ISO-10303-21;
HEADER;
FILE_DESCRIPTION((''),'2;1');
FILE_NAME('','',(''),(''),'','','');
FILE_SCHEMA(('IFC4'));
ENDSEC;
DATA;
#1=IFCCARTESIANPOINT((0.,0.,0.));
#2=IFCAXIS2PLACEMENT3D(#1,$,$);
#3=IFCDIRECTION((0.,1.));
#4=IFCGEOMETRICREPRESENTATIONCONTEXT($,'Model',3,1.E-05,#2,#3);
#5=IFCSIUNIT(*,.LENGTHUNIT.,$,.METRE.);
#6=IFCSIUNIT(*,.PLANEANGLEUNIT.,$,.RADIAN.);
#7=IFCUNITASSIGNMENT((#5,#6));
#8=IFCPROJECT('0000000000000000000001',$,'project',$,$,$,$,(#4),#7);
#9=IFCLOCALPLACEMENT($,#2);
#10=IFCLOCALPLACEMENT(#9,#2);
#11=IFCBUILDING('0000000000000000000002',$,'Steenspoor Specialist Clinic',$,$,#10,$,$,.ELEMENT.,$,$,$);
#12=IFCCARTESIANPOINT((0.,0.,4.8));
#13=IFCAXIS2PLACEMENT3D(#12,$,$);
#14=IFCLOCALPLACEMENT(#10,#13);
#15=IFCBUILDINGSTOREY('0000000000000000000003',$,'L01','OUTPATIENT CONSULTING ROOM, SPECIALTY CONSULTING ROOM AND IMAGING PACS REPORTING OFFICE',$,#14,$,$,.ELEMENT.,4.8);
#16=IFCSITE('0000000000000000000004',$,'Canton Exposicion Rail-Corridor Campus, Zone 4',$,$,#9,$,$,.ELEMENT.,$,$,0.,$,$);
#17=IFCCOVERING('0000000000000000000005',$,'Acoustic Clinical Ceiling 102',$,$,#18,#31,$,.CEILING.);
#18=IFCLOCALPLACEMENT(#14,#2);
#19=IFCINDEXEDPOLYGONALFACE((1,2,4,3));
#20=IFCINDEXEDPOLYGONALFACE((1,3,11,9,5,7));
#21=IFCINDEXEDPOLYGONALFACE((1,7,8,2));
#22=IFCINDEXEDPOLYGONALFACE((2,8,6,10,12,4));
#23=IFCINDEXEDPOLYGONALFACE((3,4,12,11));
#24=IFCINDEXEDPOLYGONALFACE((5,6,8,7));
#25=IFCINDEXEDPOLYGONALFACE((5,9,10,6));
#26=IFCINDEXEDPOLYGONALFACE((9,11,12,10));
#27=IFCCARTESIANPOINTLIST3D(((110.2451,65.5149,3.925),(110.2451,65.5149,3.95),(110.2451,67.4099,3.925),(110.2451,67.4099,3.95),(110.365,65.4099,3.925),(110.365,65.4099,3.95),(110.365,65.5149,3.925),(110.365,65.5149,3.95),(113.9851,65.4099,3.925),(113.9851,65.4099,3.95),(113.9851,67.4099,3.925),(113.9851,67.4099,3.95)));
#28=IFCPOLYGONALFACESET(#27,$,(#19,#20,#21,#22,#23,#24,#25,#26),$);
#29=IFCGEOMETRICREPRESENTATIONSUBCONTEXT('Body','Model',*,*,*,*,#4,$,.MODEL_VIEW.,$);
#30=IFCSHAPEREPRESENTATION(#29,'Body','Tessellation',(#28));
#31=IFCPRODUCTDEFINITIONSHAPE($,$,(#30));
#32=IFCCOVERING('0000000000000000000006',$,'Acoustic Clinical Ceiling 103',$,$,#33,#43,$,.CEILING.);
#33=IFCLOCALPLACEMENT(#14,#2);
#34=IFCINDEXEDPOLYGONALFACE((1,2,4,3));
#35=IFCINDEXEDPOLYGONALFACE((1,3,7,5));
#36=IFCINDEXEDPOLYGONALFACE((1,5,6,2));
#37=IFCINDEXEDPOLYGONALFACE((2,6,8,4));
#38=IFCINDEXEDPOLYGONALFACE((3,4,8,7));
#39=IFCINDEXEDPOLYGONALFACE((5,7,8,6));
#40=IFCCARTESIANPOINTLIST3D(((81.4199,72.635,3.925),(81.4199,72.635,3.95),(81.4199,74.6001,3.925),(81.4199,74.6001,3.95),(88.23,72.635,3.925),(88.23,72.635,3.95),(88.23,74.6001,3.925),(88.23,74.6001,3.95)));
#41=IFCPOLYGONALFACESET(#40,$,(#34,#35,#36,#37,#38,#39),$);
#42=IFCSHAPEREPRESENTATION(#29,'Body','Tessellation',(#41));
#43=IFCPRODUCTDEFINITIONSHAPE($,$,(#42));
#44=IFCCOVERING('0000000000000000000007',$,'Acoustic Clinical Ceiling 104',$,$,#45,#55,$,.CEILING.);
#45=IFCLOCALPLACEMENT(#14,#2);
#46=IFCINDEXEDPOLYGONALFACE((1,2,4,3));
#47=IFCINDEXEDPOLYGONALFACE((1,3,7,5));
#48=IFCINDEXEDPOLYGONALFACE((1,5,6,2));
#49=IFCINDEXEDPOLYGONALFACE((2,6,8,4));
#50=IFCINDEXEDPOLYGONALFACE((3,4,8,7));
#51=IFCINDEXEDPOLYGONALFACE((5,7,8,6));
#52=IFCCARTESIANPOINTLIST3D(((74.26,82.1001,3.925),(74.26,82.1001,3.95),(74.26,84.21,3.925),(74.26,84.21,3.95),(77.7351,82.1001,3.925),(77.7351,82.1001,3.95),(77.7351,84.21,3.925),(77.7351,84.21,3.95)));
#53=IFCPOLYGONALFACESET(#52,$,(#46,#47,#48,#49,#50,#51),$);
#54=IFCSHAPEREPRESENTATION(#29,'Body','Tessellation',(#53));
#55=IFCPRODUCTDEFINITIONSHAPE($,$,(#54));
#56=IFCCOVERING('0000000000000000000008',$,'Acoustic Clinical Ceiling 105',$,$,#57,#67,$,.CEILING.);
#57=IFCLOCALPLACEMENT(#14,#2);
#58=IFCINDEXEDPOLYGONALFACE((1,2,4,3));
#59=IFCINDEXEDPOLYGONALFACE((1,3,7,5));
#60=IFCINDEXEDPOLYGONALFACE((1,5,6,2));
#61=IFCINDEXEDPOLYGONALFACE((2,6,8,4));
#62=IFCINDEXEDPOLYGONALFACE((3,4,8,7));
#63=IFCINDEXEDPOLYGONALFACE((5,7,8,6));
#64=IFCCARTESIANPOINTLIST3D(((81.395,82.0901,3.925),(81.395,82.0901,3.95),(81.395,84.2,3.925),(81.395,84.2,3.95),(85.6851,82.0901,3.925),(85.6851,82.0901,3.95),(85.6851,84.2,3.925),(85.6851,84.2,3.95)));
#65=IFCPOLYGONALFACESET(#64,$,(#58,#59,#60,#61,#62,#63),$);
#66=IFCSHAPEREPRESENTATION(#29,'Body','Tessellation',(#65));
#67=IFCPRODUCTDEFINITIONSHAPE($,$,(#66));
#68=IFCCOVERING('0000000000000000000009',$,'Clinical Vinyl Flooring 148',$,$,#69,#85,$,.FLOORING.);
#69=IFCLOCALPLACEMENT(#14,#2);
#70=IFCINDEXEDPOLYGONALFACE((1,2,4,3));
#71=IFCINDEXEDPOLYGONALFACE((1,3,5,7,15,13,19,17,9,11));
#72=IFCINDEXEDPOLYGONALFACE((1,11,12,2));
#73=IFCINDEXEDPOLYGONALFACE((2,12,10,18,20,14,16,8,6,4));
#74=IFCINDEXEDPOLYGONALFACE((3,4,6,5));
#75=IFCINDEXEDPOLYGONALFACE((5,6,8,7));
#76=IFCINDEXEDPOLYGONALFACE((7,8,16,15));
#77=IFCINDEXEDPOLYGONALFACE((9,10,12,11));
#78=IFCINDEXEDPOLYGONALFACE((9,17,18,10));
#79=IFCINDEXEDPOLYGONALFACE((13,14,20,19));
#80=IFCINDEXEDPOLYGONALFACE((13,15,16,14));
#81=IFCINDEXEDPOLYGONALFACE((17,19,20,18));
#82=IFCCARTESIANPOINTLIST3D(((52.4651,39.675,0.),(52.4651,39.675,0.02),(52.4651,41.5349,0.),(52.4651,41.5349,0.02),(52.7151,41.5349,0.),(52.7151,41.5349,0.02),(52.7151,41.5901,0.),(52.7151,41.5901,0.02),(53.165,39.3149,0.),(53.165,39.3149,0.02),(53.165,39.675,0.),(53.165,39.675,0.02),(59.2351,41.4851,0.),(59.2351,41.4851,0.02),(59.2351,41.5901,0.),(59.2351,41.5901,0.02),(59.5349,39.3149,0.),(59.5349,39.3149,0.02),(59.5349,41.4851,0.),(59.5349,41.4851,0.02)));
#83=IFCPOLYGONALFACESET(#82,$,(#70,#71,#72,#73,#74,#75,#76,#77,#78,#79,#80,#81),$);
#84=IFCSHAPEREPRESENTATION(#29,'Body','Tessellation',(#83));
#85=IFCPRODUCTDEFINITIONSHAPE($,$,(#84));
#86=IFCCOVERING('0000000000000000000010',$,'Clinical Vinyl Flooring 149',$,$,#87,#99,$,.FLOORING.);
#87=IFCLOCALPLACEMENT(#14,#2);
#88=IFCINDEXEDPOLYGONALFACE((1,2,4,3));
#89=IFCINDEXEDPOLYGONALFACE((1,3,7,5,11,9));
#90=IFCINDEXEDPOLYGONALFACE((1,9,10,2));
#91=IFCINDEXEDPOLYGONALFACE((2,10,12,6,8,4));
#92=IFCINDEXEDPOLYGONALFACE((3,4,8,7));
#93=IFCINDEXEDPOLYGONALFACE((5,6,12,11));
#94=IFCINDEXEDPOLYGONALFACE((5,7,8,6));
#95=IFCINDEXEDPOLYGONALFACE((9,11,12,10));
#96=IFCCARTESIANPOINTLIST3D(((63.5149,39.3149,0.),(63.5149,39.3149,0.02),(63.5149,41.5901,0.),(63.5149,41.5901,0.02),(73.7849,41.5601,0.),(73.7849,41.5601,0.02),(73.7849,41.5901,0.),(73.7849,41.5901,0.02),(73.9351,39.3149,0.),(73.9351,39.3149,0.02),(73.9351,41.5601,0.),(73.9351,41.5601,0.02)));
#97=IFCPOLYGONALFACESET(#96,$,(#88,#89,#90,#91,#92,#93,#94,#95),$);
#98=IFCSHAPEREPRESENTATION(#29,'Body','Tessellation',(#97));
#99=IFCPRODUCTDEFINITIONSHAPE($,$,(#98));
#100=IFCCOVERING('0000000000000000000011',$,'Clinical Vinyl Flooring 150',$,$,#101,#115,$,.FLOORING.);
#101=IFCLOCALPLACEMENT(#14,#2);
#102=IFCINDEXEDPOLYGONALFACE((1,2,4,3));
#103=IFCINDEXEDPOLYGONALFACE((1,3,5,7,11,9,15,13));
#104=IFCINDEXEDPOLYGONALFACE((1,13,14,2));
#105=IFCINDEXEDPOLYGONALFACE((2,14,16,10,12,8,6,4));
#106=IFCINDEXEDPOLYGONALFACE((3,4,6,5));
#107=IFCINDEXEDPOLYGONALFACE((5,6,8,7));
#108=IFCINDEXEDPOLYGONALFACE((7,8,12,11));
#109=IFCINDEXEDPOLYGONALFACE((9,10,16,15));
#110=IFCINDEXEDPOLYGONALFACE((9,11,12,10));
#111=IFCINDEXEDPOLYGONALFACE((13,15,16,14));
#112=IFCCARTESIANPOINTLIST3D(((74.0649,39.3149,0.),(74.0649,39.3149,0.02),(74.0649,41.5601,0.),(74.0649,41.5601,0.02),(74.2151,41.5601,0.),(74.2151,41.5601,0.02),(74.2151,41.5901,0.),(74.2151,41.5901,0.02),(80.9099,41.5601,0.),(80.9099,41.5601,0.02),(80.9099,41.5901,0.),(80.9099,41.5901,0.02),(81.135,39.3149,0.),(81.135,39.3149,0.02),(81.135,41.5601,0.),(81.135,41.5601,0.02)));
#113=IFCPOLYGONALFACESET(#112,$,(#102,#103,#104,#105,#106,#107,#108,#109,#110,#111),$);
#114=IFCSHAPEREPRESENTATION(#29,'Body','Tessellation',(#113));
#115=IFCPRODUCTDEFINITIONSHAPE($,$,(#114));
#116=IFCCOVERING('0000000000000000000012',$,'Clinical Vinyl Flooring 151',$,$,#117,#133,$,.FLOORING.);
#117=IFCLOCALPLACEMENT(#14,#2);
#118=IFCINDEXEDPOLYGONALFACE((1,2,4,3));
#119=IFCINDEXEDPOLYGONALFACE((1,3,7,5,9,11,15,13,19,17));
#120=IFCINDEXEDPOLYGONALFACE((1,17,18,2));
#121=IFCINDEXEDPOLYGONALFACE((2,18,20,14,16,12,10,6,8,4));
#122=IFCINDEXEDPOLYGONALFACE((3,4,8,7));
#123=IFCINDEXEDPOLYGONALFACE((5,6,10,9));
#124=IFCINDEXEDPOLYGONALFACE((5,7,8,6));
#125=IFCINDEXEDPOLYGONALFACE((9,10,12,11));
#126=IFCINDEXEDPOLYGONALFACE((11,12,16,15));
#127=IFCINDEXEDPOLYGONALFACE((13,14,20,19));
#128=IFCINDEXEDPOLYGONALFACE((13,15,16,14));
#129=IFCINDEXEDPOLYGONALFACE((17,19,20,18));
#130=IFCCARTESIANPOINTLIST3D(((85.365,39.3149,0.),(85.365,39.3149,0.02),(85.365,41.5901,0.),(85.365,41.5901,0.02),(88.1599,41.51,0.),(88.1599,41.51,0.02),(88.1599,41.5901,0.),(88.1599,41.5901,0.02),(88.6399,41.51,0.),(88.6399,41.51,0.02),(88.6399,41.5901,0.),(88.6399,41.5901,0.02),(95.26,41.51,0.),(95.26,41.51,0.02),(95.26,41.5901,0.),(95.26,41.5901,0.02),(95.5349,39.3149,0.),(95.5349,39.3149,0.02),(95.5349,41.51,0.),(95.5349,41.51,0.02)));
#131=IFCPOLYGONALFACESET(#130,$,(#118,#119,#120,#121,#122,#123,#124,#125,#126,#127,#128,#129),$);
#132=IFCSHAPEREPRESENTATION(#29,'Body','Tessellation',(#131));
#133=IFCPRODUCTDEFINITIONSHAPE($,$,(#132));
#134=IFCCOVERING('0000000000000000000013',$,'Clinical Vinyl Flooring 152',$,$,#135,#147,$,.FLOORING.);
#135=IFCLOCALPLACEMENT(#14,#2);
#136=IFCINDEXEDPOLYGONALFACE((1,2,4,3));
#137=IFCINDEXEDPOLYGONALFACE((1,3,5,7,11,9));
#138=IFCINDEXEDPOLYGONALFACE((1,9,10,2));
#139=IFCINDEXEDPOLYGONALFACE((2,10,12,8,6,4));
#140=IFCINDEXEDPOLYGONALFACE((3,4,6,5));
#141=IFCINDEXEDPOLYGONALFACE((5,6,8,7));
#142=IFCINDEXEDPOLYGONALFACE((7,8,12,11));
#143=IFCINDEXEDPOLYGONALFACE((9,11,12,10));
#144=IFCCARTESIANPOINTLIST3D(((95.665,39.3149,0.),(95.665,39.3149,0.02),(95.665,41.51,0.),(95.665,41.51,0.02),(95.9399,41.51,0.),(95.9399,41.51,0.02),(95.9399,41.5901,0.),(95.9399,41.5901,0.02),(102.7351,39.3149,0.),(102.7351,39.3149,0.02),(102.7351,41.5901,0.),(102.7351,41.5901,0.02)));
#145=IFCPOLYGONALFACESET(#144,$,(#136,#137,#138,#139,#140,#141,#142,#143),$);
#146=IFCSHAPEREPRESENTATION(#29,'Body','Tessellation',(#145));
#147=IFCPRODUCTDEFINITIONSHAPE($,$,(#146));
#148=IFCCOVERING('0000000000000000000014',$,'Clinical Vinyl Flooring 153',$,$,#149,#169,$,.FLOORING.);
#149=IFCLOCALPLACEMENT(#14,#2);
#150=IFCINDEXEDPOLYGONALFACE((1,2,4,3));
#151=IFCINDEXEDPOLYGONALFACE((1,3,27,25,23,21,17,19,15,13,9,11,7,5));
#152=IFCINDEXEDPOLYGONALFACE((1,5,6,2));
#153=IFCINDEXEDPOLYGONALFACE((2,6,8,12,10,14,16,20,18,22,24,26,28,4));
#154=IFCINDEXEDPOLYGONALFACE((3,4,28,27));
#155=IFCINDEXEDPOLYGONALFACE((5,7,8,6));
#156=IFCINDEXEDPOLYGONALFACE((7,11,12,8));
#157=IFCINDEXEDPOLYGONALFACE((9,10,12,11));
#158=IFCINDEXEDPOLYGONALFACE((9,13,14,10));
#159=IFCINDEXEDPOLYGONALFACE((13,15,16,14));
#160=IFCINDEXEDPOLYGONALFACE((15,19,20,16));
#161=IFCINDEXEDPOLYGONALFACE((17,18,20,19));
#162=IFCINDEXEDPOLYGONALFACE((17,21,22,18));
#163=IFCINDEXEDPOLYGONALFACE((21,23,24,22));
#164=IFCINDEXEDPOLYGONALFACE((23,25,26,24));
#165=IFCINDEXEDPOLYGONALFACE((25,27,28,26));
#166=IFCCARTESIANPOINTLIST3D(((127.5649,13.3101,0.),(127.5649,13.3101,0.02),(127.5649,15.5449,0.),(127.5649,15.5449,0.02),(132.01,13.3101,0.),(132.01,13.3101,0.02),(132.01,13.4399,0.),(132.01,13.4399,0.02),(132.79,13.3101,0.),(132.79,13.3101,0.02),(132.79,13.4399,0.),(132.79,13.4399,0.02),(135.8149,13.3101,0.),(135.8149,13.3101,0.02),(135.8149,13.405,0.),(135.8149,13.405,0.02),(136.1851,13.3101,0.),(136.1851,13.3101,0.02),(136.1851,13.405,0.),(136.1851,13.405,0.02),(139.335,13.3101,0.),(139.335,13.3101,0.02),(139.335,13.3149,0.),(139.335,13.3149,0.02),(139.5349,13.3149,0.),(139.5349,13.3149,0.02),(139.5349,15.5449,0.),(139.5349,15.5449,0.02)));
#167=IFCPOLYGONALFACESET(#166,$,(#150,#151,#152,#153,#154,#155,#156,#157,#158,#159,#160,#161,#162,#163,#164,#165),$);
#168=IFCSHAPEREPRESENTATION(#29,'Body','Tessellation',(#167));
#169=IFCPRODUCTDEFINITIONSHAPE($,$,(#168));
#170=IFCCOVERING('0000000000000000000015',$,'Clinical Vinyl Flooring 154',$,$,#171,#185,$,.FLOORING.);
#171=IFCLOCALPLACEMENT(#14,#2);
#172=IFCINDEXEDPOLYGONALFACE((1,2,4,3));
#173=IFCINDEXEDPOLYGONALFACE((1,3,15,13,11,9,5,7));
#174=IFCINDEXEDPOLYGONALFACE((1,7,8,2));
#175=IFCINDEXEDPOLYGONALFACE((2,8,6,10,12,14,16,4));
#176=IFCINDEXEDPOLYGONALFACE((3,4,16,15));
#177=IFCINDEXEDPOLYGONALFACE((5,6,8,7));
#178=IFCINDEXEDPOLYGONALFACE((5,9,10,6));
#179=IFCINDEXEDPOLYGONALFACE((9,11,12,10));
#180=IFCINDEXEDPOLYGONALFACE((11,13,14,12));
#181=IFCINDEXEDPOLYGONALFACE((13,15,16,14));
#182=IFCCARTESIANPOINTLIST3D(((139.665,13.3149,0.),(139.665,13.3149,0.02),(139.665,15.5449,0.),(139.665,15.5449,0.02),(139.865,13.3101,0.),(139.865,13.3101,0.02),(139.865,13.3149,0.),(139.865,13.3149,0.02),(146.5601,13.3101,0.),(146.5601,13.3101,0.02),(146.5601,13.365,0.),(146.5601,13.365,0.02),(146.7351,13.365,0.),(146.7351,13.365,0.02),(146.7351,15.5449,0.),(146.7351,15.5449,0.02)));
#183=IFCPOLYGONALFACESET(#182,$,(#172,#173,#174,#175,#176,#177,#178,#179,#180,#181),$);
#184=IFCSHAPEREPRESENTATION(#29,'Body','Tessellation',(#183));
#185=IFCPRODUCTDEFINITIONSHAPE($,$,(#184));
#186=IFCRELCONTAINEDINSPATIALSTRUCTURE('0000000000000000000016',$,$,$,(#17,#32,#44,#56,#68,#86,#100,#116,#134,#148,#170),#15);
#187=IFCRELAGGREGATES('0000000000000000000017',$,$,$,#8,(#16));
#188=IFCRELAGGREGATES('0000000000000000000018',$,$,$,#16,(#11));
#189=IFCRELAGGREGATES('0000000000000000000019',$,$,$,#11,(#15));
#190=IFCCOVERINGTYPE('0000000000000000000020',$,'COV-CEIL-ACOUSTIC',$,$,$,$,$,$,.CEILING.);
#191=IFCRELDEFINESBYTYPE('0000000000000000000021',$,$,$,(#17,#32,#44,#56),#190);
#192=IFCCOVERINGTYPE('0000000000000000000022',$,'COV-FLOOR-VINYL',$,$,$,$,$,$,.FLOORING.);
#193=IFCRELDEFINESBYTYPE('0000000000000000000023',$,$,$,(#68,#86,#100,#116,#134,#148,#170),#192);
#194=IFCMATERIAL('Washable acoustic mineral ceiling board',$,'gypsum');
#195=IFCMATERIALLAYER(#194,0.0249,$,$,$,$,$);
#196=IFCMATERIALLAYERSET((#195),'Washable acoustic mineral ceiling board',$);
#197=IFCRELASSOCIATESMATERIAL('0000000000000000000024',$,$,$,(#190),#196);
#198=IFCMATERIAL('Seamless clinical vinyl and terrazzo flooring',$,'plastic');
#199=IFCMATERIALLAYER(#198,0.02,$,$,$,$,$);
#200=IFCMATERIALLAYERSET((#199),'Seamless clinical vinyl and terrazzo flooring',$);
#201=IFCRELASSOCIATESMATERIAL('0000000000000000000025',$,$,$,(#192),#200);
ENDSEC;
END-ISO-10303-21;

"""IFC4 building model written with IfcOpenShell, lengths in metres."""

from ifc_helpers import new_model, si_unit, direction, frame, origin, place, context, subcontext, project, spatial, polyline, outline, extrude, material, layer, layer_set, type_object, element, save


model = new_model("IFC4")

# Units and contexts
model_context = context("Model", 3, precision=1e-05, world=origin(), true_north=direction((0.0, 1.0)))
body_context = subcontext(model_context, "Body", "Model", "MODEL_VIEW")
ifc_project = project(units=[si_unit("LENGTHUNIT", "METRE"), si_unit("PLANEANGLEUNIT", "RADIAN")], contexts=[model_context])

# Site, building, storey
site_placement = place(None, origin())
site = spatial("IfcSite", under=ifc_project, at=site_placement, Name="Canton Exposicion Rail-Corridor Campus, Zone 4", CompositionType="ELEMENT", RefElevation=0.0)
building_placement = place(site_placement, origin())
building = spatial("IfcBuilding", under=site, at=building_placement, Name="Steenspoor Specialist Clinic", CompositionType="ELEMENT")
storey_placement = place(building_placement, frame((0.0, 0.0, 4.8)))
storey = spatial("IfcBuildingStorey", under=building, at=storey_placement, Name="L01", Description="OUTPATIENT CONSULTING ROOM, SPECIALTY CONSULTING ROOM AND IMAGING PACS REPORTING OFFICE", CompositionType="ELEMENT", Elevation=4.8)

# Coverings
ifc_material_1 = material(Name="Washable acoustic mineral ceiling board", Category="gypsum")
ifc_layer_1 = layer(ifc_material_1, 0.0249)
ifc_layer_set_1 = layer_set([ifc_layer_1], Name="Washable acoustic mineral ceiling board")
covering_type_1 = type_object("IfcCoveringType", Name="COV-CEIL-ACOUSTIC", PredefinedType="CEILING", material=ifc_layer_set_1)
covering_1_placement = place(storey_placement, frame((0.0, 0.0, 3.925)))
element("IfcCovering", 1, at=covering_1_placement, inside=storey, type_object=covering_type_1, Name="Acoustic Clinical Ceiling 102", PredefinedType="CEILING", context=body_context, shape_type="SweptSolid", body=[
    extrude(outline(polyline([(110.365, 65.4099), (110.365, 65.5149), (110.2451, 65.5149), (110.2451, 67.4099), (113.9851, 67.4099), (113.9851, 65.4099), (110.365, 65.4099)])), origin(), (0.0, 0.0, 1.0), 0.0249),
])
covering_2_placement = place(storey_placement, frame((0.0, 0.0, 3.925)))
element("IfcCovering", 2, at=covering_2_placement, inside=storey, type_object=covering_type_1, Name="Acoustic Clinical Ceiling 103", PredefinedType="CEILING", context=body_context, shape_type="SweptSolid", body=[
    extrude(outline(polyline([(81.4199, 72.635), (81.4199, 74.6001), (88.23, 74.6001), (88.23, 72.635), (81.4199, 72.635)])), origin(), (0.0, 0.0, 1.0), 0.0249),
])
covering_3_placement = place(storey_placement, frame((0.0, 0.0, 3.925)))
element("IfcCovering", 3, at=covering_3_placement, inside=storey, type_object=covering_type_1, Name="Acoustic Clinical Ceiling 104", PredefinedType="CEILING", context=body_context, shape_type="SweptSolid", body=[
    extrude(outline(polyline([(74.26, 84.21), (77.7351, 84.21), (77.7351, 82.1001), (74.26, 82.1001), (74.26, 84.21)])), origin(), (0.0, 0.0, 1.0), 0.0249),
])
covering_4_placement = place(storey_placement, frame((0.0, 0.0, 3.925)))
element("IfcCovering", 4, at=covering_4_placement, inside=storey, type_object=covering_type_1, Name="Acoustic Clinical Ceiling 105", PredefinedType="CEILING", context=body_context, shape_type="SweptSolid", body=[
    extrude(outline(polyline([(85.6851, 82.0901), (81.395, 82.0901), (81.395, 84.2), (85.6851, 84.2), (85.6851, 82.0901)])), origin(), (0.0, 0.0, 1.0), 0.0249),
])
ifc_material_2 = material(Name="Seamless clinical vinyl and terrazzo flooring", Category="plastic")
ifc_layer_2 = layer(ifc_material_2, 0.02)
ifc_layer_set_2 = layer_set([ifc_layer_2], Name="Seamless clinical vinyl and terrazzo flooring")
covering_type_2 = type_object("IfcCoveringType", Name="COV-FLOOR-VINYL", PredefinedType="FLOORING", material=ifc_layer_set_2)
covering_5_placement = place(storey_placement, origin())
element("IfcCovering", 5, at=covering_5_placement, inside=storey, type_object=covering_type_2, Name="Clinical Vinyl Flooring 148", PredefinedType="FLOORING", context=body_context, shape_type="SweptSolid", body=[
    extrude(outline(polyline([(59.2351, 41.5901), (59.2351, 41.4851), (59.5349, 41.4851), (59.5349, 39.3149), (53.165, 39.3149), (53.165, 39.675), (52.4651, 39.675), (52.4651, 41.5349), (52.7151, 41.5349), (52.7151, 41.5901), (59.2351, 41.5901)])), origin(), (0.0, 0.0, 1.0), 0.02),
])
covering_6_placement = place(storey_placement, origin())
element("IfcCovering", 6, at=covering_6_placement, inside=storey, type_object=covering_type_2, Name="Clinical Vinyl Flooring 149", PredefinedType="FLOORING", context=body_context, shape_type="SweptSolid", body=[
    extrude(outline(polyline([(73.7849, 41.5901), (73.7849, 41.5601), (73.9351, 41.5601), (73.9351, 39.3149), (63.5149, 39.3149), (63.5149, 41.5901), (73.7849, 41.5901)])), origin(), (0.0, 0.0, 1.0), 0.02),
])
covering_7_placement = place(storey_placement, origin())
element("IfcCovering", 7, at=covering_7_placement, inside=storey, type_object=covering_type_2, Name="Clinical Vinyl Flooring 150", PredefinedType="FLOORING", context=body_context, shape_type="SweptSolid", body=[
    extrude(outline(polyline([(80.9099, 41.5901), (80.9099, 41.5601), (81.135, 41.5601), (81.135, 39.3149), (74.0649, 39.3149), (74.0649, 41.5601), (74.2151, 41.5601), (74.2151, 41.5901), (80.9099, 41.5901)])), origin(), (0.0, 0.0, 1.0), 0.02),
])
covering_8_placement = place(storey_placement, origin())
element("IfcCovering", 8, at=covering_8_placement, inside=storey, type_object=covering_type_2, Name="Clinical Vinyl Flooring 151", PredefinedType="FLOORING", context=body_context, shape_type="SweptSolid", body=[
    extrude(outline(polyline([(88.1599, 41.5901), (88.1599, 41.51), (88.6399, 41.51), (88.6399, 41.5901), (95.26, 41.5901), (95.26, 41.51), (95.5349, 41.51), (95.5349, 39.3149), (85.365, 39.3149), (85.365, 41.5901), (88.1599, 41.5901)])), origin(), (0.0, 0.0, 1.0), 0.02),
])
covering_9_placement = place(storey_placement, origin())
element("IfcCovering", 9, at=covering_9_placement, inside=storey, type_object=covering_type_2, Name="Clinical Vinyl Flooring 152", PredefinedType="FLOORING", context=body_context, shape_type="SweptSolid", body=[
    extrude(outline(polyline([(102.7351, 41.5901), (102.7351, 39.3149), (95.665, 39.3149), (95.665, 41.51), (95.9399, 41.51), (95.9399, 41.5901), (102.7351, 41.5901)])), origin(), (0.0, 0.0, 1.0), 0.02),
])
covering_10_placement = place(storey_placement, origin())
element("IfcCovering", 10, at=covering_10_placement, inside=storey, type_object=covering_type_2, Name="Clinical Vinyl Flooring 153", PredefinedType="FLOORING", context=body_context, shape_type="SweptSolid", body=[
    extrude(outline(polyline([(139.5349, 15.5449), (139.5349, 13.3149), (139.335, 13.3149), (139.335, 13.3101), (136.1851, 13.3101), (136.1851, 13.405), (135.8149, 13.405), (135.8149, 13.3101), (132.79, 13.3101), (132.79, 13.4399), (132.01, 13.4399), (132.01, 13.3101), (127.5649, 13.3101), (127.5649, 15.5449), (139.5349, 15.5449)])), origin(), (0.0, 0.0, 1.0), 0.02),
])
covering_11_placement = place(storey_placement, origin())
element("IfcCovering", 11, at=covering_11_placement, inside=storey, type_object=covering_type_2, Name="Clinical Vinyl Flooring 154", PredefinedType="FLOORING", context=body_context, shape_type="SweptSolid", body=[
    extrude(outline(polyline([(146.7351, 15.5449), (146.7351, 13.365), (146.5601, 13.365), (146.5601, 13.3101), (139.865, 13.3101), (139.865, 13.3149), (139.665, 13.3149), (139.665, 15.5449), (146.7351, 15.5449)])), origin(), (0.0, 0.0, 1.0), 0.02),
])

save(model, "model.ifc")
